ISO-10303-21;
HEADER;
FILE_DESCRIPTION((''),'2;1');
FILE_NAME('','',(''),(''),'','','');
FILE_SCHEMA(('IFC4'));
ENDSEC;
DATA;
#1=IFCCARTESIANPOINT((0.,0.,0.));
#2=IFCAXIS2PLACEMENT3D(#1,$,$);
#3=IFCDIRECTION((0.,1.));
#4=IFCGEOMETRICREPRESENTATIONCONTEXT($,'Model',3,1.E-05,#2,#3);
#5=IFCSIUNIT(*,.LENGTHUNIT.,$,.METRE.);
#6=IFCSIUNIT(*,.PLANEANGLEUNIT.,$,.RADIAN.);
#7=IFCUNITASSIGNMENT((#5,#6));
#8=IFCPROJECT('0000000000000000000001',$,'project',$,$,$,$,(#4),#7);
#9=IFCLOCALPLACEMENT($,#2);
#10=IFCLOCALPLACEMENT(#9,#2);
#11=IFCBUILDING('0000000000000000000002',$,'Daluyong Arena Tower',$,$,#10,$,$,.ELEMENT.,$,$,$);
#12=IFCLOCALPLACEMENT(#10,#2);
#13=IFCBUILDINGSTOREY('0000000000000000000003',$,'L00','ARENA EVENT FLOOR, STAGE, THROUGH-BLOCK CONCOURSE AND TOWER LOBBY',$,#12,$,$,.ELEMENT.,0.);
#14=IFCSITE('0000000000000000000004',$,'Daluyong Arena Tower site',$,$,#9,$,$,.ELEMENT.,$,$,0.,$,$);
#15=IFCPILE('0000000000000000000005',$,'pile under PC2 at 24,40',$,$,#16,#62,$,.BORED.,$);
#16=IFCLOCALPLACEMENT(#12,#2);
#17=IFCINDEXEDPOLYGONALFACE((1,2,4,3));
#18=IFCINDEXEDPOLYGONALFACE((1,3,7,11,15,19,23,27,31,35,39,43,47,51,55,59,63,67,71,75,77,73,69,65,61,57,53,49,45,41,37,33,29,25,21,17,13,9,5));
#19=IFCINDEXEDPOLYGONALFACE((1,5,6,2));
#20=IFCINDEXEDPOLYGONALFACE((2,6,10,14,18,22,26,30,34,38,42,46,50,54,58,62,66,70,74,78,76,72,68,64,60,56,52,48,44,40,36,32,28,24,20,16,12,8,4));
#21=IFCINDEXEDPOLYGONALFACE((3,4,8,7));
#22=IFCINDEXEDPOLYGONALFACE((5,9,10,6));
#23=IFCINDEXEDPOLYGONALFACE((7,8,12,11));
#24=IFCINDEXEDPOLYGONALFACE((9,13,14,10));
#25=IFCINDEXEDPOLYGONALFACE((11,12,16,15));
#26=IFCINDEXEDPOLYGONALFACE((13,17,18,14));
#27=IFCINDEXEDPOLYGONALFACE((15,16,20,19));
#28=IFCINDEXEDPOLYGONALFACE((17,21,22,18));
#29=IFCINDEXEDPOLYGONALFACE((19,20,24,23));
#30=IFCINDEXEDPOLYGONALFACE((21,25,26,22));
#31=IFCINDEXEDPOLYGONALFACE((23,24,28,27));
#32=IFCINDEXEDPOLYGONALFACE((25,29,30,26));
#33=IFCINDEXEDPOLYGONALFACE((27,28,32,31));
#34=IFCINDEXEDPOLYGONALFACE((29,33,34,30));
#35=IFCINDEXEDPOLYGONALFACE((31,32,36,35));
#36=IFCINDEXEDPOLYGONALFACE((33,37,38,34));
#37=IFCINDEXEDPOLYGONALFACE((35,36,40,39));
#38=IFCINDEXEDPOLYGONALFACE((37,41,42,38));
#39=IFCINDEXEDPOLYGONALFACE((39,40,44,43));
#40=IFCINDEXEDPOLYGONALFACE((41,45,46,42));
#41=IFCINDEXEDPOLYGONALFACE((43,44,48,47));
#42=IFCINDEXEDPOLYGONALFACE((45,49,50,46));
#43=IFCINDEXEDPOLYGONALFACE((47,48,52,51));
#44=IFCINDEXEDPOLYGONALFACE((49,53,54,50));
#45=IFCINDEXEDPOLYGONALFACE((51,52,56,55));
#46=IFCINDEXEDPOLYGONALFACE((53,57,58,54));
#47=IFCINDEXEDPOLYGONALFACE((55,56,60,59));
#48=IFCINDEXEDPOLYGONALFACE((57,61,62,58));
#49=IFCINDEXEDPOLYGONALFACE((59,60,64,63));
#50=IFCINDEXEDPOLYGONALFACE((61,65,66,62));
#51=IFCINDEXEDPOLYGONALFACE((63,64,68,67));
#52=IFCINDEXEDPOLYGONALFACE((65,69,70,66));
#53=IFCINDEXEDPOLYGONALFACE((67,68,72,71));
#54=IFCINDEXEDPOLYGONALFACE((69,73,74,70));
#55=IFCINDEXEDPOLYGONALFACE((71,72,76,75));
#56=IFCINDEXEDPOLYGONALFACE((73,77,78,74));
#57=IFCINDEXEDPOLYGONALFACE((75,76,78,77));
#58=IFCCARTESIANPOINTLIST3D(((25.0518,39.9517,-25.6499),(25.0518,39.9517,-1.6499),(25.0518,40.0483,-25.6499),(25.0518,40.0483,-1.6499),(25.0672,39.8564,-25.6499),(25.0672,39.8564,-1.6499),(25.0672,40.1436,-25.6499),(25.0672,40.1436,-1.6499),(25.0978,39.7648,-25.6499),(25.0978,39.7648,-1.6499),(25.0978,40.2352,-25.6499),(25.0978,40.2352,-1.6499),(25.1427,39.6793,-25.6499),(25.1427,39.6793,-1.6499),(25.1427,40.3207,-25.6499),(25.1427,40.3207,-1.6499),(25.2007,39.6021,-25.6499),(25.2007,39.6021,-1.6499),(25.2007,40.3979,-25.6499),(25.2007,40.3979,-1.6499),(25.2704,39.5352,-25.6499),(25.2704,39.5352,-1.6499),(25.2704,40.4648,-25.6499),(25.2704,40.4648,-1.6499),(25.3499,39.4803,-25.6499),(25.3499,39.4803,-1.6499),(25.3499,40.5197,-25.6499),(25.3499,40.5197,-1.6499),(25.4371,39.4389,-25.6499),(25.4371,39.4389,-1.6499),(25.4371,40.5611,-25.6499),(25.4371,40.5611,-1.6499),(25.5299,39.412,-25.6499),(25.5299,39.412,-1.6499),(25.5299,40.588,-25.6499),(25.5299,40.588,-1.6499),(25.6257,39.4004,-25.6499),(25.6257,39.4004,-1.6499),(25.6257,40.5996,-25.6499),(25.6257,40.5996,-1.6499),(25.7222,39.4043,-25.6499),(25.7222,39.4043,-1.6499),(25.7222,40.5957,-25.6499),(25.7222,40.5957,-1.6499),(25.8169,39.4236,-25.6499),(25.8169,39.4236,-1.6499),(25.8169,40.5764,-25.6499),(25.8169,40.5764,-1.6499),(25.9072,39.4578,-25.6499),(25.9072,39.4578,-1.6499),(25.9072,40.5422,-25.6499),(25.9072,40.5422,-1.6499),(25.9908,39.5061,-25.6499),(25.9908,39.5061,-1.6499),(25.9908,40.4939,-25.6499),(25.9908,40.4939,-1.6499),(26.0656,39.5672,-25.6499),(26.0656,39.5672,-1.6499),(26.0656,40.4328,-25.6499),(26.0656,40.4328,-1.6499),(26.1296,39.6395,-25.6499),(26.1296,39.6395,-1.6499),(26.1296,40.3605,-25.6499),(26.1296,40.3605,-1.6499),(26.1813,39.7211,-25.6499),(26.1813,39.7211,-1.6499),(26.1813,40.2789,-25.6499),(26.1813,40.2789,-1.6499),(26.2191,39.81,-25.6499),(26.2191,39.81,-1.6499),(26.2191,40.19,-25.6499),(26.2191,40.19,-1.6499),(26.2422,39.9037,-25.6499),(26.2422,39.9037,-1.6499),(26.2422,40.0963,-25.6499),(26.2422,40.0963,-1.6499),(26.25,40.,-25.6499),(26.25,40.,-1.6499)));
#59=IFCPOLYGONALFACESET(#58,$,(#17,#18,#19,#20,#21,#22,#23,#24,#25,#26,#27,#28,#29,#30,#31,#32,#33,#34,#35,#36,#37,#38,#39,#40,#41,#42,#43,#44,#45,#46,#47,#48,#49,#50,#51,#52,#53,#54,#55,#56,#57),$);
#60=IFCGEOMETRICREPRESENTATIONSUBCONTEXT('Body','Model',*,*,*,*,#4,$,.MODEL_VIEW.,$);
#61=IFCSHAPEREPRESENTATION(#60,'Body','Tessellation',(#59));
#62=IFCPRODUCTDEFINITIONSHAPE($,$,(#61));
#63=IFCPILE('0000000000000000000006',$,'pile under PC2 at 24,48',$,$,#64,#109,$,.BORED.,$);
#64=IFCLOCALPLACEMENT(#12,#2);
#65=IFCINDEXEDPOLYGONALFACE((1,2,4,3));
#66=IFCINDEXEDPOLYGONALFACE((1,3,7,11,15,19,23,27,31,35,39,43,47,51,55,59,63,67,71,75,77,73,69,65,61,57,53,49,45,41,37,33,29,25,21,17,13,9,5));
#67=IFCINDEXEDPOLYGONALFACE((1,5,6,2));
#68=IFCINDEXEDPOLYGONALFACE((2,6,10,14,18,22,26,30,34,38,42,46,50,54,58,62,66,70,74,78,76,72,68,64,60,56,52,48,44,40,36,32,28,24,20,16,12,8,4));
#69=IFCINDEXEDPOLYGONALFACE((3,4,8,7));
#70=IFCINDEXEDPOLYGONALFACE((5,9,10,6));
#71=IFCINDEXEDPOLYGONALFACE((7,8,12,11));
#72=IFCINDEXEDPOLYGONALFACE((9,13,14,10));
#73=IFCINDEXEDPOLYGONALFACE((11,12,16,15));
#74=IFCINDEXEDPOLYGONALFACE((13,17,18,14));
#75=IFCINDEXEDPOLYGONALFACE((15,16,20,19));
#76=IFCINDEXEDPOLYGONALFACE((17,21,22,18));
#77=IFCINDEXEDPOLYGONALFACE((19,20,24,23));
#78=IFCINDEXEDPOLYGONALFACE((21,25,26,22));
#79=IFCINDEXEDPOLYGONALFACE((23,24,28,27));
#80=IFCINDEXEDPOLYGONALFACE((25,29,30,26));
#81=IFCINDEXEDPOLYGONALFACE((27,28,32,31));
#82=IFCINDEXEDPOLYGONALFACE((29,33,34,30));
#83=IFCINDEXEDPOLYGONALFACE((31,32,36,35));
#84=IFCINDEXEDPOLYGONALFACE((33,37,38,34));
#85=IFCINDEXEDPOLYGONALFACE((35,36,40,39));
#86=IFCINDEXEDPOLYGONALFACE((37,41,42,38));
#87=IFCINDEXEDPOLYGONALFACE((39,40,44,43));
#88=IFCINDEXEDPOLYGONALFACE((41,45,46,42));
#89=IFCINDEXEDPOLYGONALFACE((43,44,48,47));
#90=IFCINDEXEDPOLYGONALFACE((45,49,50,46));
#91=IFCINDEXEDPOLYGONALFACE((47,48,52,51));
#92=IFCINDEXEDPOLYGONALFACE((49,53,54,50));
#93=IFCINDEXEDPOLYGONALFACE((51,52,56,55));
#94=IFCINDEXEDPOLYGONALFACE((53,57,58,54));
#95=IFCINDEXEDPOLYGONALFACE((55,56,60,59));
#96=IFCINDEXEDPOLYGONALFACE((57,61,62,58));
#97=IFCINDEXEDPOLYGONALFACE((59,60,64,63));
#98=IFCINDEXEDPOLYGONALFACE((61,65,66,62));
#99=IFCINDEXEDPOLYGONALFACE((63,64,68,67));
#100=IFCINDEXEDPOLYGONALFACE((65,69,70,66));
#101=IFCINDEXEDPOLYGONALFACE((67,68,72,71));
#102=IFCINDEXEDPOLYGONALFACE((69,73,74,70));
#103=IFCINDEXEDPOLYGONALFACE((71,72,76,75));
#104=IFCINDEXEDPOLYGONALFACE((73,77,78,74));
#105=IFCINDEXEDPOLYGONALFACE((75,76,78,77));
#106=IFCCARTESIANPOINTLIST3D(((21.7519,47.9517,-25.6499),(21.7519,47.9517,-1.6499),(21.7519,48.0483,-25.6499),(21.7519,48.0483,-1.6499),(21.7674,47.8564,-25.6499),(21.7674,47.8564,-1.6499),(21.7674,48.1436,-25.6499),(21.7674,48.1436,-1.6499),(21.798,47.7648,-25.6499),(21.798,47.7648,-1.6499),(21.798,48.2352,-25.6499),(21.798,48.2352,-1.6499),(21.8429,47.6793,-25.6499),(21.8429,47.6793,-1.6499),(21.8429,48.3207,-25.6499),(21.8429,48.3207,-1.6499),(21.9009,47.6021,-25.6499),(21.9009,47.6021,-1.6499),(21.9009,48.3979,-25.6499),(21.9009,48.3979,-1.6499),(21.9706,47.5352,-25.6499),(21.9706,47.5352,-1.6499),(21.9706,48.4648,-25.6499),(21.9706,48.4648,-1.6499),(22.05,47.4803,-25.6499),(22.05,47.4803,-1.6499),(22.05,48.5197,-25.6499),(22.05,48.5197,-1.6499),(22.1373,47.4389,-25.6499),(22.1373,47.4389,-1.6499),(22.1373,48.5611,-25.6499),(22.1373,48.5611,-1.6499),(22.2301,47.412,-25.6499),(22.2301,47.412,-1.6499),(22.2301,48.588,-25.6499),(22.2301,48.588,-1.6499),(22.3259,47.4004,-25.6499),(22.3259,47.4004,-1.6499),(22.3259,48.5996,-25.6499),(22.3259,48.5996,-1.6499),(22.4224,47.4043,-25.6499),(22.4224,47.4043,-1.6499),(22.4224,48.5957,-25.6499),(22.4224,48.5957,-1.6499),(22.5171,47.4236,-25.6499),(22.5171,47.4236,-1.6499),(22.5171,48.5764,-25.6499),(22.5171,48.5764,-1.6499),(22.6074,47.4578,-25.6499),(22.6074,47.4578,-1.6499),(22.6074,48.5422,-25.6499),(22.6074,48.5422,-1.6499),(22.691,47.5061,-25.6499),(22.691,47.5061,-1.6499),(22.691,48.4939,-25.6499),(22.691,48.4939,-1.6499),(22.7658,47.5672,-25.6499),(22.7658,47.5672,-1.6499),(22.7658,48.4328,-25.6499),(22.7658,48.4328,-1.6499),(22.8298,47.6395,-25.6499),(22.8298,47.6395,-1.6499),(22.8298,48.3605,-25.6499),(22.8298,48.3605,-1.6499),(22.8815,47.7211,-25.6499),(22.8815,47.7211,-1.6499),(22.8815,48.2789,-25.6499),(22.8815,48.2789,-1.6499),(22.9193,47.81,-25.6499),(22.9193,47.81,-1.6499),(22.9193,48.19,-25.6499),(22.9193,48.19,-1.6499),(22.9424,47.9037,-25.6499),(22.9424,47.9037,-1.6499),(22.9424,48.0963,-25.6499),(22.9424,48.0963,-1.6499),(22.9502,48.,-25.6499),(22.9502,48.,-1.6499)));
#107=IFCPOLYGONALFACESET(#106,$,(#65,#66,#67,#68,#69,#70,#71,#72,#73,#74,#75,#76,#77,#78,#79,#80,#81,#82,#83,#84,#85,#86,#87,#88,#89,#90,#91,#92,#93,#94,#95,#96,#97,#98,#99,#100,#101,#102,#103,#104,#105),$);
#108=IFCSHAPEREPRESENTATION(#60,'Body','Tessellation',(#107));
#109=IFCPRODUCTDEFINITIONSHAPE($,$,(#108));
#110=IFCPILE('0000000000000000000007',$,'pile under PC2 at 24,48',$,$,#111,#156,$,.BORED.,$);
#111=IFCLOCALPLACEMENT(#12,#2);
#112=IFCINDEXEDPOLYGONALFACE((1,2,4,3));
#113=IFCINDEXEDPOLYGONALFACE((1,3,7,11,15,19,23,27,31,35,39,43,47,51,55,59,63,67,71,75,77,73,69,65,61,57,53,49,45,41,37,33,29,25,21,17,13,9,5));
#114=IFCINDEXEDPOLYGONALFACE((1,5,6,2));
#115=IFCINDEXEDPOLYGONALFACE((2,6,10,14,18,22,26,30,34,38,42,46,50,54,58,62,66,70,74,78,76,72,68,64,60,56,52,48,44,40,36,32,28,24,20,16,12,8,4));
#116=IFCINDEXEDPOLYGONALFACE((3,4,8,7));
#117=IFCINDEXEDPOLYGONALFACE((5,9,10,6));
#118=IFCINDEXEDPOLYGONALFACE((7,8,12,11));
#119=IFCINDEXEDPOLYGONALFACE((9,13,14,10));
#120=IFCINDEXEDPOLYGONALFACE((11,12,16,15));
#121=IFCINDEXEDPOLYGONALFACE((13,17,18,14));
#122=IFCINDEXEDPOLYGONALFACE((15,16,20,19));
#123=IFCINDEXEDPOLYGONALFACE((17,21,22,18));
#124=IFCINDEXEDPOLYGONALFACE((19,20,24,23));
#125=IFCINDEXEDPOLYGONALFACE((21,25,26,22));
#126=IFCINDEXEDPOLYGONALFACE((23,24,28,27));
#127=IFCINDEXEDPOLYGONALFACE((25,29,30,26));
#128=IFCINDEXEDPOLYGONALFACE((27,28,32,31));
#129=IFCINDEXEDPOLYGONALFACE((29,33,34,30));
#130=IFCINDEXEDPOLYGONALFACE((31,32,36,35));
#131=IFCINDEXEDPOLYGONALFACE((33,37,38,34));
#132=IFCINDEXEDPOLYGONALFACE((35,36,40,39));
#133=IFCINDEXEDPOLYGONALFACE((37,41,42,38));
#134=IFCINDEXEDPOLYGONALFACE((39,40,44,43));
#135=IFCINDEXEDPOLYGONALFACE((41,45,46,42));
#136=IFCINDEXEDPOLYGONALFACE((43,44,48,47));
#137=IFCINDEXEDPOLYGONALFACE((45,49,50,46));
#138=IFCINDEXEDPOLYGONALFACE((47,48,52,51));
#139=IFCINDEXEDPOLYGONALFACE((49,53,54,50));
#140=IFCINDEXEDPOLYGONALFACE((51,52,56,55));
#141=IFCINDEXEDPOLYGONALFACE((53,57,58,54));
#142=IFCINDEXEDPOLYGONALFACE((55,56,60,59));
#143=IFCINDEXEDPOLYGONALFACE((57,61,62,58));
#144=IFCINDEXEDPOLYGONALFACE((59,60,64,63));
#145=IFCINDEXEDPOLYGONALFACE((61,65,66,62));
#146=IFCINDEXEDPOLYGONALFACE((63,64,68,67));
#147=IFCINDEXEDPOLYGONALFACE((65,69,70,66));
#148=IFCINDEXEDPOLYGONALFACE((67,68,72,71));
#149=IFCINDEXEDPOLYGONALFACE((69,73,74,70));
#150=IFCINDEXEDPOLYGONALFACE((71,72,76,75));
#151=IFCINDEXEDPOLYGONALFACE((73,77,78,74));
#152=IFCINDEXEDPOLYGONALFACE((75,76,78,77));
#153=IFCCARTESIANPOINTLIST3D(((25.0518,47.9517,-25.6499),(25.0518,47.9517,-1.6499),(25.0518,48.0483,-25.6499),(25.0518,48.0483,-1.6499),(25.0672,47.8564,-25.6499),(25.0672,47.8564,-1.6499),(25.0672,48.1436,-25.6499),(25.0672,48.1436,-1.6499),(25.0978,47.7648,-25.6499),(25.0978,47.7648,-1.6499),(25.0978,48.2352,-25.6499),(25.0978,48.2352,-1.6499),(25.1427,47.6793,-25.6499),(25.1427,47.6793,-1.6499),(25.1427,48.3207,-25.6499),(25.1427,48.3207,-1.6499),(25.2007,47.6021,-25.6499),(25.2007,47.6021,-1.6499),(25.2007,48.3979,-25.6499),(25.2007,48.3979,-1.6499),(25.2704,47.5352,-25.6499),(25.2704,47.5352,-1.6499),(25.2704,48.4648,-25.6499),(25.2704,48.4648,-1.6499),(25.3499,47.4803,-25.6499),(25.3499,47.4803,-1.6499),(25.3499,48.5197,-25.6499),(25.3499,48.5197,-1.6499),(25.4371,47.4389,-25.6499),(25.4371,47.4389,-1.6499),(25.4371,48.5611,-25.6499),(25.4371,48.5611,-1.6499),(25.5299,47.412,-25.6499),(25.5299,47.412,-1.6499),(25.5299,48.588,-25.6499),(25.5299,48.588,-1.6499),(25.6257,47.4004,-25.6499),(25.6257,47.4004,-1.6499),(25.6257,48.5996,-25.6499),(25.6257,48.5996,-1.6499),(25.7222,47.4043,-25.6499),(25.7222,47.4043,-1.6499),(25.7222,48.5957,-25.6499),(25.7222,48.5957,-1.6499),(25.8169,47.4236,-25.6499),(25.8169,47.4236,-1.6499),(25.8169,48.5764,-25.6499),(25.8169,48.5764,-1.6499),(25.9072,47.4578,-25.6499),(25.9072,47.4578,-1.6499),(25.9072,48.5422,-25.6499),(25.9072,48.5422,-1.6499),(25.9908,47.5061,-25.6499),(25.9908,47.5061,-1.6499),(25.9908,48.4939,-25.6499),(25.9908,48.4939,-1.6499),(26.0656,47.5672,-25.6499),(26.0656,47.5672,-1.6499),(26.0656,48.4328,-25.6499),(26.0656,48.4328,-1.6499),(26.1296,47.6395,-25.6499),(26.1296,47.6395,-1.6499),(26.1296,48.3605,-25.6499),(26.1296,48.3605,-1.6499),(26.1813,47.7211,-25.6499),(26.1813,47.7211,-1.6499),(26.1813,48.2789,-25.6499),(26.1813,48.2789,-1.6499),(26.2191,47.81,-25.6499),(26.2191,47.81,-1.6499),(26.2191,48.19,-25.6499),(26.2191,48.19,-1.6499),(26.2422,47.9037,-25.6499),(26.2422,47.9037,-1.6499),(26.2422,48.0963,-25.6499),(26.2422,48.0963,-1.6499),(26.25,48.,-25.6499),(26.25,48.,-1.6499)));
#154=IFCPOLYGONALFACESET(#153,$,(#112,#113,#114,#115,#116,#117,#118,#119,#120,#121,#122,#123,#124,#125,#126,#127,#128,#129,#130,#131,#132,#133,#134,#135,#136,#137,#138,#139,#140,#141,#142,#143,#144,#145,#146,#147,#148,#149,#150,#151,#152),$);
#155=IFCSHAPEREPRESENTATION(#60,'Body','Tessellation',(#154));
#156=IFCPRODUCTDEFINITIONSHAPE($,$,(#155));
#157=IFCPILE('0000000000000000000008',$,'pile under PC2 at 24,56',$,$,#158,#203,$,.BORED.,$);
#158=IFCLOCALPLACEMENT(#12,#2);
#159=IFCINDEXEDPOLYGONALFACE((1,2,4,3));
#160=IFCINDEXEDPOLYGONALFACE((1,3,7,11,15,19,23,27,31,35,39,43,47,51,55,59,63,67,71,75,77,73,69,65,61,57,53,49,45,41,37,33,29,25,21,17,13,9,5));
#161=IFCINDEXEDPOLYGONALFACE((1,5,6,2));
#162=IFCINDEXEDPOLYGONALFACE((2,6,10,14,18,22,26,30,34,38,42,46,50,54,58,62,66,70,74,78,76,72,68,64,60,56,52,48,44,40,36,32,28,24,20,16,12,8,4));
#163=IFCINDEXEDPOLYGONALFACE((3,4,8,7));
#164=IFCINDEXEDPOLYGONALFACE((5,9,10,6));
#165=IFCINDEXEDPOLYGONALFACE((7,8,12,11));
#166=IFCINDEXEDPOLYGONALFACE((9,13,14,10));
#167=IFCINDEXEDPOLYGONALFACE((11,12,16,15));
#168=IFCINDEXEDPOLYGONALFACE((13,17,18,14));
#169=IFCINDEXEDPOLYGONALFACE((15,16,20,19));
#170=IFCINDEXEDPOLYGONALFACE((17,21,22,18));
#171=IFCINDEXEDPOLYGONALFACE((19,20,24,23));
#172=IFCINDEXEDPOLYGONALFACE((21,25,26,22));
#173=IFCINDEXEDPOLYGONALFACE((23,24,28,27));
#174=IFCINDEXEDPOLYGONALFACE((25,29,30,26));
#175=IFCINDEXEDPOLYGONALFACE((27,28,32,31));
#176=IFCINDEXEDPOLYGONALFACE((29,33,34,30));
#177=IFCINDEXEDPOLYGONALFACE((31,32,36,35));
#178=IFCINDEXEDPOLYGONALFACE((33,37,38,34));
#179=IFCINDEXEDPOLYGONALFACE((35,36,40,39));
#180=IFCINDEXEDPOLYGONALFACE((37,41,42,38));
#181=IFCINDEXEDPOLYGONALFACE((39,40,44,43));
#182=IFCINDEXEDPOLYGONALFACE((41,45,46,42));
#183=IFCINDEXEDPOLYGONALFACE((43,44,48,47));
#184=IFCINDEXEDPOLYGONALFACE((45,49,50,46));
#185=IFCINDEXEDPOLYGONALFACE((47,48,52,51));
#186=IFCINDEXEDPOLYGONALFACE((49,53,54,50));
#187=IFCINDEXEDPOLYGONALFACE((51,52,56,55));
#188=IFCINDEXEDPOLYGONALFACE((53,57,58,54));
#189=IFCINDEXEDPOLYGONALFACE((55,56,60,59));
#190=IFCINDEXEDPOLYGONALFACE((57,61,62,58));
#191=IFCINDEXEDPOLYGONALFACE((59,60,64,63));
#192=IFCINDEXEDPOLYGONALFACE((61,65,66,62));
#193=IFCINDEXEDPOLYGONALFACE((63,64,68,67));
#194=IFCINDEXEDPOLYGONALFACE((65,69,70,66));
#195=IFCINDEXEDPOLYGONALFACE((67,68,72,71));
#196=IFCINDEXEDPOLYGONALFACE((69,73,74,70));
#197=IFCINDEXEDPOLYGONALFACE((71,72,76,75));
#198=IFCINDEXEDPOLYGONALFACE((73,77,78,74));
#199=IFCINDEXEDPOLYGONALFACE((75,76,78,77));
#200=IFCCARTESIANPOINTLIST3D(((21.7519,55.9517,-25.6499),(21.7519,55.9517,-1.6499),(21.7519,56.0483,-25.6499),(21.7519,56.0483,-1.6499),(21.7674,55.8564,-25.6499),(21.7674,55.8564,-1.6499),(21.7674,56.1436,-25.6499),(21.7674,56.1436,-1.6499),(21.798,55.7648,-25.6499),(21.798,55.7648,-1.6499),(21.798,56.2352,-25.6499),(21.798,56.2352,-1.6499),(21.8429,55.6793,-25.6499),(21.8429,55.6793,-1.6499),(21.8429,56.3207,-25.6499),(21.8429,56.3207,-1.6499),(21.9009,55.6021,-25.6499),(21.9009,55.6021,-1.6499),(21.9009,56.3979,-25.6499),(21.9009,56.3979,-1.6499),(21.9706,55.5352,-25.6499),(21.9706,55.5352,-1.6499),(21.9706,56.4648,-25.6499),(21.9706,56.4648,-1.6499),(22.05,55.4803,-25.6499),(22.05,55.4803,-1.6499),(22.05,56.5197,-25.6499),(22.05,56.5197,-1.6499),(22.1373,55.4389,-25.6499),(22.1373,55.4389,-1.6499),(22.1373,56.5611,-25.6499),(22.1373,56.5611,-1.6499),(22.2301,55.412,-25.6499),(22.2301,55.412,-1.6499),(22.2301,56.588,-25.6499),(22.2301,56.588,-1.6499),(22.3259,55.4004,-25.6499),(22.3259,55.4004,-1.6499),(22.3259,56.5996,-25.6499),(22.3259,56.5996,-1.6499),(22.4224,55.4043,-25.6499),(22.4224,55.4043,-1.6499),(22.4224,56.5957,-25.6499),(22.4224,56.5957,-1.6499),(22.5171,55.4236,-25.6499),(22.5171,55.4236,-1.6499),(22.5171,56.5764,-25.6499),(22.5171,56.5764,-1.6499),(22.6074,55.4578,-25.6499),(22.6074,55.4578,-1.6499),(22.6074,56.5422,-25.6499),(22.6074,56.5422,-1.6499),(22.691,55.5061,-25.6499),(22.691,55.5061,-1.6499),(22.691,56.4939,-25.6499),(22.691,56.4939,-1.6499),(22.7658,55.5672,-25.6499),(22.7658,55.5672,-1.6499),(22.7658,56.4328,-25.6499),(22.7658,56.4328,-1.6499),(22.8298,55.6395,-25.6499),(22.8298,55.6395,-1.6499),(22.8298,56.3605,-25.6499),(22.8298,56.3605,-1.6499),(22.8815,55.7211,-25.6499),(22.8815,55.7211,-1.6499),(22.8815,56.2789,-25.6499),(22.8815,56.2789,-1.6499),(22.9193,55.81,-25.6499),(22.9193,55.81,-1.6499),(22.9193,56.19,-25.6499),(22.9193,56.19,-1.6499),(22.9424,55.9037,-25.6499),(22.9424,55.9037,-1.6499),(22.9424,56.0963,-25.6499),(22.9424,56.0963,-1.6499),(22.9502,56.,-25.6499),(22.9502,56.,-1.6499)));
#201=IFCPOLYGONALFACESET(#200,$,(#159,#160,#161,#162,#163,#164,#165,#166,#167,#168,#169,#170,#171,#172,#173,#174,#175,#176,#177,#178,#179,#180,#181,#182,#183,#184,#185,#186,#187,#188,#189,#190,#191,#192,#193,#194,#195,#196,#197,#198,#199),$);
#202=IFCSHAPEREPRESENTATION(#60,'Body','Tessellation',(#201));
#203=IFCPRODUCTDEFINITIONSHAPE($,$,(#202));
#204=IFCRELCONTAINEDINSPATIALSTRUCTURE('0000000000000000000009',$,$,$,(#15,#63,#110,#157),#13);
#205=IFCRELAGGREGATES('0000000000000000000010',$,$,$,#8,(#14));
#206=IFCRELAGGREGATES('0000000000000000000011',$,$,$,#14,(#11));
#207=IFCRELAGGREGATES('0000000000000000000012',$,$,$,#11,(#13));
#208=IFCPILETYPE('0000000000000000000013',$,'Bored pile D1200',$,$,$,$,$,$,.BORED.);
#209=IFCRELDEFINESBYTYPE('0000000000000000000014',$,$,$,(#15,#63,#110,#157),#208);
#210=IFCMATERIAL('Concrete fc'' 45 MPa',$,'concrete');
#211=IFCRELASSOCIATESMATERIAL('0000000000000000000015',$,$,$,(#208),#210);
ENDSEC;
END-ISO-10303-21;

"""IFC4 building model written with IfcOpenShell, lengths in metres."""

from ifc_helpers import new_model, si_unit, direction, frame, origin, origin_2d, place, context, subcontext, project, spatial, circle, extrude, material, type_object, element, save


model = new_model("IFC4")

# Units and contexts
model_context = context("Model", 3, precision=1e-05, world=origin(), true_north=direction((0.0, 1.0)))
body_context = subcontext(model_context, "Body", "Model", "MODEL_VIEW")
ifc_project = project(units=[si_unit("LENGTHUNIT", "METRE"), si_unit("PLANEANGLEUNIT", "RADIAN")], contexts=[model_context])

# Site, building, storey
site_placement = place(None, origin())
site = spatial("IfcSite", under=ifc_project, at=site_placement, Name="Daluyong Arena Tower site", CompositionType="ELEMENT", RefElevation=0.0)
building_placement = place(site_placement, origin())
building = spatial("IfcBuilding", under=site, at=building_placement, Name="Daluyong Arena Tower", CompositionType="ELEMENT")
storey_placement = place(building_placement, origin())
storey = spatial("IfcBuildingStorey", under=building, at=storey_placement, Name="L00", Description="ARENA EVENT FLOOR, STAGE, THROUGH-BLOCK CONCOURSE AND TOWER LOBBY", CompositionType="ELEMENT", Elevation=0.0)

# Piles
ifc_material_1 = material(Name="Concrete fc' 45 MPa", Category="concrete")
pile_type_1 = type_object("IfcPileType", Name="Bored pile D1200", PredefinedType="BORED", material=ifc_material_1)
for number, where, z_axis, x_axis, name in (
    (1, (25.6499, 40.0, -1.6499), (0.0, 0.0, -1.0), (1.0, 0.0, 0.0), "pile under PC2 at 24,40"),
    (2, (22.3501, 48.0, -1.6499), (0.0, 0.0, -1.0), (1.0, 0.0, 0.0), "pile under PC2 at 24,48"),
    (3, (25.6499, 48.0, -1.6499), (0.0, 0.0, -1.0), (1.0, 0.0, 0.0), "pile under PC2 at 24,48"),
    (4, (22.3501, 56.0, -1.6499), (0.0, 0.0, -1.0), (1.0, 0.0, 0.0), "pile under PC2 at 24,56"),
):
    element("IfcPile", number, at=place(storey_placement, frame(where, z_axis=z_axis, x_axis=x_axis)), inside=storey, type_object=pile_type_1, Name=name, PredefinedType="BORED", context=body_context, shape_type="SweptSolid", body=[
        extrude(circle(Radius=0.6001, at=origin_2d()), origin(), (0.0, 0.0, 1.0), 24.0),
    ])

save(model, "model.ifc")
